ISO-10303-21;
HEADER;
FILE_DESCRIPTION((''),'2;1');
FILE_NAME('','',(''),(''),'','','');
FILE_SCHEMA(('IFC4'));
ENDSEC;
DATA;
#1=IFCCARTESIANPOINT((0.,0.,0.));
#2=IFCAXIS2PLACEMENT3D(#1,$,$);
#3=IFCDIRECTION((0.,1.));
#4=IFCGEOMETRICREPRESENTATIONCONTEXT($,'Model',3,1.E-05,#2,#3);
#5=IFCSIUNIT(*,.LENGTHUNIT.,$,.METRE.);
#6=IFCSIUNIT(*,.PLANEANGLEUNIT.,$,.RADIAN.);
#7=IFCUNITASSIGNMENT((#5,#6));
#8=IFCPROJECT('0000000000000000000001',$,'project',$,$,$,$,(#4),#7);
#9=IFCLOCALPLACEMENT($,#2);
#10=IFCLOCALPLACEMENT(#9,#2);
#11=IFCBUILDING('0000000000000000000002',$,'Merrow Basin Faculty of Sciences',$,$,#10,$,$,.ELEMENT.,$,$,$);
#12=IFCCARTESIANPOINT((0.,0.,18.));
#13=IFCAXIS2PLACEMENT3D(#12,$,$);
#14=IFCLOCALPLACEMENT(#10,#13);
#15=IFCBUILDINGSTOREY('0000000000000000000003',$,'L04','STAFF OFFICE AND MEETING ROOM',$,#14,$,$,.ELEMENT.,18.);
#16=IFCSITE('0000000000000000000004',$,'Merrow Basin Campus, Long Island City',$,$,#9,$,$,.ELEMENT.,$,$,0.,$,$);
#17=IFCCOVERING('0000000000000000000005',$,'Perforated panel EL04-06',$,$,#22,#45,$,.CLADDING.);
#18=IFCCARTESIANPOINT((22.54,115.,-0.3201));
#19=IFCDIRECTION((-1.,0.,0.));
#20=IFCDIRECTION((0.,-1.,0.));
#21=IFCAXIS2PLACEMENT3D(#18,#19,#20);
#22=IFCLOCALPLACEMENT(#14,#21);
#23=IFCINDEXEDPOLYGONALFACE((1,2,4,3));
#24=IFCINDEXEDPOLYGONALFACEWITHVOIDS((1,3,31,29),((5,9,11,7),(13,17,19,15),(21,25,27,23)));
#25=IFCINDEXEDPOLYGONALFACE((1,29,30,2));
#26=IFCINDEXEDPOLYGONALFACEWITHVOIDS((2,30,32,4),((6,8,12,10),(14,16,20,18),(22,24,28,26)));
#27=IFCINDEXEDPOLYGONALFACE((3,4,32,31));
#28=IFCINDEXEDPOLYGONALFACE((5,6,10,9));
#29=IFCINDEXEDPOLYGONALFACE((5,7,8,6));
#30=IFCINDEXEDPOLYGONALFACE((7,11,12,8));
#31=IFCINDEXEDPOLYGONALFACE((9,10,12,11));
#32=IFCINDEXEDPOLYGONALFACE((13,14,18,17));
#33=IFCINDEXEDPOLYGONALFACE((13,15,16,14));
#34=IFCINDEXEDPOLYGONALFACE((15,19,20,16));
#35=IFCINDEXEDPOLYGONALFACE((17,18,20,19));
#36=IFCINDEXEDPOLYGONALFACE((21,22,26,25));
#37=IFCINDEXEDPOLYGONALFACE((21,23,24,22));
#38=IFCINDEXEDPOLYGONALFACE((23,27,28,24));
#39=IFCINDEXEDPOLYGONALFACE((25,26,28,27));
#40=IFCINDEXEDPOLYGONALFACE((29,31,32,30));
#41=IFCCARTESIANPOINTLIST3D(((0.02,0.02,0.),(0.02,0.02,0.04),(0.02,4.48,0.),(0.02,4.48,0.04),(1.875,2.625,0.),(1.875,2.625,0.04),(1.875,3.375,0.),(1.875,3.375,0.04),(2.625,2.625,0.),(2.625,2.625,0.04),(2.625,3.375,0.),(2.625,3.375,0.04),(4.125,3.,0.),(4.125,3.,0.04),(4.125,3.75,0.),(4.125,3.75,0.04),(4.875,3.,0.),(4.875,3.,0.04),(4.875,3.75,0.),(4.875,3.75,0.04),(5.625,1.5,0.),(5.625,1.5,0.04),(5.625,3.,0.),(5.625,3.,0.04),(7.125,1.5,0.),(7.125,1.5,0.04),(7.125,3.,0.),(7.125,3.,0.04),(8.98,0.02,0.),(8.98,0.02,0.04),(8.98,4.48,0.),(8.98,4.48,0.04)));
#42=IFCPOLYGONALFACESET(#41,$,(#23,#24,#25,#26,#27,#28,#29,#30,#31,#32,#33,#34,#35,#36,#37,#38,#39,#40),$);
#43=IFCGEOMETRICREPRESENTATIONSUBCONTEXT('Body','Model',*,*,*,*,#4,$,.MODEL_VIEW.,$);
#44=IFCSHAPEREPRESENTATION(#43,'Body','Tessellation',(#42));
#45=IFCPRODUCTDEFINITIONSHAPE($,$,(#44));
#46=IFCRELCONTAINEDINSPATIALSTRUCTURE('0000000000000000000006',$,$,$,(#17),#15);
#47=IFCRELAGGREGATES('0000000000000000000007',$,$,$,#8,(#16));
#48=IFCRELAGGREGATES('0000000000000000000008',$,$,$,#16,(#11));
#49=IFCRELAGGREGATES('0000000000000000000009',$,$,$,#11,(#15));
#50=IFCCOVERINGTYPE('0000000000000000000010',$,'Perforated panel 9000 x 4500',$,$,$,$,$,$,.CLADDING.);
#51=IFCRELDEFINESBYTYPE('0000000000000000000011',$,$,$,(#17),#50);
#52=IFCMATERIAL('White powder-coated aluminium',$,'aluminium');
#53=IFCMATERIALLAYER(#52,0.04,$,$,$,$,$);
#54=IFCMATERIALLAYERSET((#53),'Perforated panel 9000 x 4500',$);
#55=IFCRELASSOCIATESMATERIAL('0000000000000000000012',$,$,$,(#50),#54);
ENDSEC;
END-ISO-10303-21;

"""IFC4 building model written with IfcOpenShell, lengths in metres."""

from ifc_helpers import new_model, si_unit, direction, frame, origin, place, context, subcontext, project, spatial, polyline, outline, extrude, source, transform, mapped, material, layer, layer_set, type_object, element, save


model = new_model("IFC4")

# Units and contexts
model_context = context("Model", 3, precision=1e-05, world=origin(), true_north=direction((0.0, 1.0)))
body_context = subcontext(model_context, "Body", "Model", "MODEL_VIEW")
ifc_project = project(units=[si_unit("LENGTHUNIT", "METRE"), si_unit("PLANEANGLEUNIT", "RADIAN")], contexts=[model_context])

# Site, building, storey
site_placement = place(None, origin())
site = spatial("IfcSite", under=ifc_project, at=site_placement, Name="Merrow Basin Campus, Long Island City", CompositionType="ELEMENT", RefElevation=0.0)
building_placement = place(site_placement, origin())
building = spatial("IfcBuilding", under=site, at=building_placement, Name="Merrow Basin Faculty of Sciences", CompositionType="ELEMENT")
storey_placement = place(building_placement, frame((0.0, 0.0, 18.0)))
storey = spatial("IfcBuildingStorey", under=building, at=storey_placement, Name="L04", Description="STAFF OFFICE AND MEETING ROOM", CompositionType="ELEMENT", Elevation=18.0)

# Covering
ifc_material_1 = material(Name="White powder-coated aluminium", Category="aluminium")
ifc_layer_1 = layer(ifc_material_1, 0.04)
ifc_layer_set_1 = layer_set([ifc_layer_1], Name="Perforated panel 9000 x 4500")
covering_type = type_object("IfcCoveringType", Name="Perforated panel 9000 x 4500", PredefinedType="CLADDING", material=ifc_layer_set_1)
shared_shape_1 = source(origin(), body_context, "Body", "SweptSolid", [
    extrude(outline(polyline([(0.02, 0.02), (8.98, 0.02), (8.98, 4.48), (0.02, 4.48), (0.02, 0.02)]), holes=[polyline([(5.625, 1.5), (7.125, 1.5), (7.125, 3.0), (5.625, 3.0), (5.625, 1.5)]), polyline([(1.875, 2.625), (2.625, 2.625), (2.625, 3.375), (1.875, 3.375), (1.875, 2.625)]), polyline([(4.125, 3.0), (4.875, 3.0), (4.875, 3.75), (4.125, 3.75), (4.125, 3.0)])]), origin(), (0.0, 0.0, 1.0), 0.04),
])
covering_placement = place(storey_placement, frame((22.54, 115.0, -0.3201), z_axis=(-1.0, 0.0, 0.0), x_axis=(0.0, -1.0, 0.0)))
element("IfcCovering", 1, at=covering_placement, inside=storey, type_object=covering_type, Name="Perforated panel EL04-06", PredefinedType="CLADDING", context=body_context, shape_type="MappedRepresentation", body=[
    mapped(shared_shape_1, transform((0.0, 0.0, 0.0), scale=1.0)),
])

save(model, "model.ifc")
